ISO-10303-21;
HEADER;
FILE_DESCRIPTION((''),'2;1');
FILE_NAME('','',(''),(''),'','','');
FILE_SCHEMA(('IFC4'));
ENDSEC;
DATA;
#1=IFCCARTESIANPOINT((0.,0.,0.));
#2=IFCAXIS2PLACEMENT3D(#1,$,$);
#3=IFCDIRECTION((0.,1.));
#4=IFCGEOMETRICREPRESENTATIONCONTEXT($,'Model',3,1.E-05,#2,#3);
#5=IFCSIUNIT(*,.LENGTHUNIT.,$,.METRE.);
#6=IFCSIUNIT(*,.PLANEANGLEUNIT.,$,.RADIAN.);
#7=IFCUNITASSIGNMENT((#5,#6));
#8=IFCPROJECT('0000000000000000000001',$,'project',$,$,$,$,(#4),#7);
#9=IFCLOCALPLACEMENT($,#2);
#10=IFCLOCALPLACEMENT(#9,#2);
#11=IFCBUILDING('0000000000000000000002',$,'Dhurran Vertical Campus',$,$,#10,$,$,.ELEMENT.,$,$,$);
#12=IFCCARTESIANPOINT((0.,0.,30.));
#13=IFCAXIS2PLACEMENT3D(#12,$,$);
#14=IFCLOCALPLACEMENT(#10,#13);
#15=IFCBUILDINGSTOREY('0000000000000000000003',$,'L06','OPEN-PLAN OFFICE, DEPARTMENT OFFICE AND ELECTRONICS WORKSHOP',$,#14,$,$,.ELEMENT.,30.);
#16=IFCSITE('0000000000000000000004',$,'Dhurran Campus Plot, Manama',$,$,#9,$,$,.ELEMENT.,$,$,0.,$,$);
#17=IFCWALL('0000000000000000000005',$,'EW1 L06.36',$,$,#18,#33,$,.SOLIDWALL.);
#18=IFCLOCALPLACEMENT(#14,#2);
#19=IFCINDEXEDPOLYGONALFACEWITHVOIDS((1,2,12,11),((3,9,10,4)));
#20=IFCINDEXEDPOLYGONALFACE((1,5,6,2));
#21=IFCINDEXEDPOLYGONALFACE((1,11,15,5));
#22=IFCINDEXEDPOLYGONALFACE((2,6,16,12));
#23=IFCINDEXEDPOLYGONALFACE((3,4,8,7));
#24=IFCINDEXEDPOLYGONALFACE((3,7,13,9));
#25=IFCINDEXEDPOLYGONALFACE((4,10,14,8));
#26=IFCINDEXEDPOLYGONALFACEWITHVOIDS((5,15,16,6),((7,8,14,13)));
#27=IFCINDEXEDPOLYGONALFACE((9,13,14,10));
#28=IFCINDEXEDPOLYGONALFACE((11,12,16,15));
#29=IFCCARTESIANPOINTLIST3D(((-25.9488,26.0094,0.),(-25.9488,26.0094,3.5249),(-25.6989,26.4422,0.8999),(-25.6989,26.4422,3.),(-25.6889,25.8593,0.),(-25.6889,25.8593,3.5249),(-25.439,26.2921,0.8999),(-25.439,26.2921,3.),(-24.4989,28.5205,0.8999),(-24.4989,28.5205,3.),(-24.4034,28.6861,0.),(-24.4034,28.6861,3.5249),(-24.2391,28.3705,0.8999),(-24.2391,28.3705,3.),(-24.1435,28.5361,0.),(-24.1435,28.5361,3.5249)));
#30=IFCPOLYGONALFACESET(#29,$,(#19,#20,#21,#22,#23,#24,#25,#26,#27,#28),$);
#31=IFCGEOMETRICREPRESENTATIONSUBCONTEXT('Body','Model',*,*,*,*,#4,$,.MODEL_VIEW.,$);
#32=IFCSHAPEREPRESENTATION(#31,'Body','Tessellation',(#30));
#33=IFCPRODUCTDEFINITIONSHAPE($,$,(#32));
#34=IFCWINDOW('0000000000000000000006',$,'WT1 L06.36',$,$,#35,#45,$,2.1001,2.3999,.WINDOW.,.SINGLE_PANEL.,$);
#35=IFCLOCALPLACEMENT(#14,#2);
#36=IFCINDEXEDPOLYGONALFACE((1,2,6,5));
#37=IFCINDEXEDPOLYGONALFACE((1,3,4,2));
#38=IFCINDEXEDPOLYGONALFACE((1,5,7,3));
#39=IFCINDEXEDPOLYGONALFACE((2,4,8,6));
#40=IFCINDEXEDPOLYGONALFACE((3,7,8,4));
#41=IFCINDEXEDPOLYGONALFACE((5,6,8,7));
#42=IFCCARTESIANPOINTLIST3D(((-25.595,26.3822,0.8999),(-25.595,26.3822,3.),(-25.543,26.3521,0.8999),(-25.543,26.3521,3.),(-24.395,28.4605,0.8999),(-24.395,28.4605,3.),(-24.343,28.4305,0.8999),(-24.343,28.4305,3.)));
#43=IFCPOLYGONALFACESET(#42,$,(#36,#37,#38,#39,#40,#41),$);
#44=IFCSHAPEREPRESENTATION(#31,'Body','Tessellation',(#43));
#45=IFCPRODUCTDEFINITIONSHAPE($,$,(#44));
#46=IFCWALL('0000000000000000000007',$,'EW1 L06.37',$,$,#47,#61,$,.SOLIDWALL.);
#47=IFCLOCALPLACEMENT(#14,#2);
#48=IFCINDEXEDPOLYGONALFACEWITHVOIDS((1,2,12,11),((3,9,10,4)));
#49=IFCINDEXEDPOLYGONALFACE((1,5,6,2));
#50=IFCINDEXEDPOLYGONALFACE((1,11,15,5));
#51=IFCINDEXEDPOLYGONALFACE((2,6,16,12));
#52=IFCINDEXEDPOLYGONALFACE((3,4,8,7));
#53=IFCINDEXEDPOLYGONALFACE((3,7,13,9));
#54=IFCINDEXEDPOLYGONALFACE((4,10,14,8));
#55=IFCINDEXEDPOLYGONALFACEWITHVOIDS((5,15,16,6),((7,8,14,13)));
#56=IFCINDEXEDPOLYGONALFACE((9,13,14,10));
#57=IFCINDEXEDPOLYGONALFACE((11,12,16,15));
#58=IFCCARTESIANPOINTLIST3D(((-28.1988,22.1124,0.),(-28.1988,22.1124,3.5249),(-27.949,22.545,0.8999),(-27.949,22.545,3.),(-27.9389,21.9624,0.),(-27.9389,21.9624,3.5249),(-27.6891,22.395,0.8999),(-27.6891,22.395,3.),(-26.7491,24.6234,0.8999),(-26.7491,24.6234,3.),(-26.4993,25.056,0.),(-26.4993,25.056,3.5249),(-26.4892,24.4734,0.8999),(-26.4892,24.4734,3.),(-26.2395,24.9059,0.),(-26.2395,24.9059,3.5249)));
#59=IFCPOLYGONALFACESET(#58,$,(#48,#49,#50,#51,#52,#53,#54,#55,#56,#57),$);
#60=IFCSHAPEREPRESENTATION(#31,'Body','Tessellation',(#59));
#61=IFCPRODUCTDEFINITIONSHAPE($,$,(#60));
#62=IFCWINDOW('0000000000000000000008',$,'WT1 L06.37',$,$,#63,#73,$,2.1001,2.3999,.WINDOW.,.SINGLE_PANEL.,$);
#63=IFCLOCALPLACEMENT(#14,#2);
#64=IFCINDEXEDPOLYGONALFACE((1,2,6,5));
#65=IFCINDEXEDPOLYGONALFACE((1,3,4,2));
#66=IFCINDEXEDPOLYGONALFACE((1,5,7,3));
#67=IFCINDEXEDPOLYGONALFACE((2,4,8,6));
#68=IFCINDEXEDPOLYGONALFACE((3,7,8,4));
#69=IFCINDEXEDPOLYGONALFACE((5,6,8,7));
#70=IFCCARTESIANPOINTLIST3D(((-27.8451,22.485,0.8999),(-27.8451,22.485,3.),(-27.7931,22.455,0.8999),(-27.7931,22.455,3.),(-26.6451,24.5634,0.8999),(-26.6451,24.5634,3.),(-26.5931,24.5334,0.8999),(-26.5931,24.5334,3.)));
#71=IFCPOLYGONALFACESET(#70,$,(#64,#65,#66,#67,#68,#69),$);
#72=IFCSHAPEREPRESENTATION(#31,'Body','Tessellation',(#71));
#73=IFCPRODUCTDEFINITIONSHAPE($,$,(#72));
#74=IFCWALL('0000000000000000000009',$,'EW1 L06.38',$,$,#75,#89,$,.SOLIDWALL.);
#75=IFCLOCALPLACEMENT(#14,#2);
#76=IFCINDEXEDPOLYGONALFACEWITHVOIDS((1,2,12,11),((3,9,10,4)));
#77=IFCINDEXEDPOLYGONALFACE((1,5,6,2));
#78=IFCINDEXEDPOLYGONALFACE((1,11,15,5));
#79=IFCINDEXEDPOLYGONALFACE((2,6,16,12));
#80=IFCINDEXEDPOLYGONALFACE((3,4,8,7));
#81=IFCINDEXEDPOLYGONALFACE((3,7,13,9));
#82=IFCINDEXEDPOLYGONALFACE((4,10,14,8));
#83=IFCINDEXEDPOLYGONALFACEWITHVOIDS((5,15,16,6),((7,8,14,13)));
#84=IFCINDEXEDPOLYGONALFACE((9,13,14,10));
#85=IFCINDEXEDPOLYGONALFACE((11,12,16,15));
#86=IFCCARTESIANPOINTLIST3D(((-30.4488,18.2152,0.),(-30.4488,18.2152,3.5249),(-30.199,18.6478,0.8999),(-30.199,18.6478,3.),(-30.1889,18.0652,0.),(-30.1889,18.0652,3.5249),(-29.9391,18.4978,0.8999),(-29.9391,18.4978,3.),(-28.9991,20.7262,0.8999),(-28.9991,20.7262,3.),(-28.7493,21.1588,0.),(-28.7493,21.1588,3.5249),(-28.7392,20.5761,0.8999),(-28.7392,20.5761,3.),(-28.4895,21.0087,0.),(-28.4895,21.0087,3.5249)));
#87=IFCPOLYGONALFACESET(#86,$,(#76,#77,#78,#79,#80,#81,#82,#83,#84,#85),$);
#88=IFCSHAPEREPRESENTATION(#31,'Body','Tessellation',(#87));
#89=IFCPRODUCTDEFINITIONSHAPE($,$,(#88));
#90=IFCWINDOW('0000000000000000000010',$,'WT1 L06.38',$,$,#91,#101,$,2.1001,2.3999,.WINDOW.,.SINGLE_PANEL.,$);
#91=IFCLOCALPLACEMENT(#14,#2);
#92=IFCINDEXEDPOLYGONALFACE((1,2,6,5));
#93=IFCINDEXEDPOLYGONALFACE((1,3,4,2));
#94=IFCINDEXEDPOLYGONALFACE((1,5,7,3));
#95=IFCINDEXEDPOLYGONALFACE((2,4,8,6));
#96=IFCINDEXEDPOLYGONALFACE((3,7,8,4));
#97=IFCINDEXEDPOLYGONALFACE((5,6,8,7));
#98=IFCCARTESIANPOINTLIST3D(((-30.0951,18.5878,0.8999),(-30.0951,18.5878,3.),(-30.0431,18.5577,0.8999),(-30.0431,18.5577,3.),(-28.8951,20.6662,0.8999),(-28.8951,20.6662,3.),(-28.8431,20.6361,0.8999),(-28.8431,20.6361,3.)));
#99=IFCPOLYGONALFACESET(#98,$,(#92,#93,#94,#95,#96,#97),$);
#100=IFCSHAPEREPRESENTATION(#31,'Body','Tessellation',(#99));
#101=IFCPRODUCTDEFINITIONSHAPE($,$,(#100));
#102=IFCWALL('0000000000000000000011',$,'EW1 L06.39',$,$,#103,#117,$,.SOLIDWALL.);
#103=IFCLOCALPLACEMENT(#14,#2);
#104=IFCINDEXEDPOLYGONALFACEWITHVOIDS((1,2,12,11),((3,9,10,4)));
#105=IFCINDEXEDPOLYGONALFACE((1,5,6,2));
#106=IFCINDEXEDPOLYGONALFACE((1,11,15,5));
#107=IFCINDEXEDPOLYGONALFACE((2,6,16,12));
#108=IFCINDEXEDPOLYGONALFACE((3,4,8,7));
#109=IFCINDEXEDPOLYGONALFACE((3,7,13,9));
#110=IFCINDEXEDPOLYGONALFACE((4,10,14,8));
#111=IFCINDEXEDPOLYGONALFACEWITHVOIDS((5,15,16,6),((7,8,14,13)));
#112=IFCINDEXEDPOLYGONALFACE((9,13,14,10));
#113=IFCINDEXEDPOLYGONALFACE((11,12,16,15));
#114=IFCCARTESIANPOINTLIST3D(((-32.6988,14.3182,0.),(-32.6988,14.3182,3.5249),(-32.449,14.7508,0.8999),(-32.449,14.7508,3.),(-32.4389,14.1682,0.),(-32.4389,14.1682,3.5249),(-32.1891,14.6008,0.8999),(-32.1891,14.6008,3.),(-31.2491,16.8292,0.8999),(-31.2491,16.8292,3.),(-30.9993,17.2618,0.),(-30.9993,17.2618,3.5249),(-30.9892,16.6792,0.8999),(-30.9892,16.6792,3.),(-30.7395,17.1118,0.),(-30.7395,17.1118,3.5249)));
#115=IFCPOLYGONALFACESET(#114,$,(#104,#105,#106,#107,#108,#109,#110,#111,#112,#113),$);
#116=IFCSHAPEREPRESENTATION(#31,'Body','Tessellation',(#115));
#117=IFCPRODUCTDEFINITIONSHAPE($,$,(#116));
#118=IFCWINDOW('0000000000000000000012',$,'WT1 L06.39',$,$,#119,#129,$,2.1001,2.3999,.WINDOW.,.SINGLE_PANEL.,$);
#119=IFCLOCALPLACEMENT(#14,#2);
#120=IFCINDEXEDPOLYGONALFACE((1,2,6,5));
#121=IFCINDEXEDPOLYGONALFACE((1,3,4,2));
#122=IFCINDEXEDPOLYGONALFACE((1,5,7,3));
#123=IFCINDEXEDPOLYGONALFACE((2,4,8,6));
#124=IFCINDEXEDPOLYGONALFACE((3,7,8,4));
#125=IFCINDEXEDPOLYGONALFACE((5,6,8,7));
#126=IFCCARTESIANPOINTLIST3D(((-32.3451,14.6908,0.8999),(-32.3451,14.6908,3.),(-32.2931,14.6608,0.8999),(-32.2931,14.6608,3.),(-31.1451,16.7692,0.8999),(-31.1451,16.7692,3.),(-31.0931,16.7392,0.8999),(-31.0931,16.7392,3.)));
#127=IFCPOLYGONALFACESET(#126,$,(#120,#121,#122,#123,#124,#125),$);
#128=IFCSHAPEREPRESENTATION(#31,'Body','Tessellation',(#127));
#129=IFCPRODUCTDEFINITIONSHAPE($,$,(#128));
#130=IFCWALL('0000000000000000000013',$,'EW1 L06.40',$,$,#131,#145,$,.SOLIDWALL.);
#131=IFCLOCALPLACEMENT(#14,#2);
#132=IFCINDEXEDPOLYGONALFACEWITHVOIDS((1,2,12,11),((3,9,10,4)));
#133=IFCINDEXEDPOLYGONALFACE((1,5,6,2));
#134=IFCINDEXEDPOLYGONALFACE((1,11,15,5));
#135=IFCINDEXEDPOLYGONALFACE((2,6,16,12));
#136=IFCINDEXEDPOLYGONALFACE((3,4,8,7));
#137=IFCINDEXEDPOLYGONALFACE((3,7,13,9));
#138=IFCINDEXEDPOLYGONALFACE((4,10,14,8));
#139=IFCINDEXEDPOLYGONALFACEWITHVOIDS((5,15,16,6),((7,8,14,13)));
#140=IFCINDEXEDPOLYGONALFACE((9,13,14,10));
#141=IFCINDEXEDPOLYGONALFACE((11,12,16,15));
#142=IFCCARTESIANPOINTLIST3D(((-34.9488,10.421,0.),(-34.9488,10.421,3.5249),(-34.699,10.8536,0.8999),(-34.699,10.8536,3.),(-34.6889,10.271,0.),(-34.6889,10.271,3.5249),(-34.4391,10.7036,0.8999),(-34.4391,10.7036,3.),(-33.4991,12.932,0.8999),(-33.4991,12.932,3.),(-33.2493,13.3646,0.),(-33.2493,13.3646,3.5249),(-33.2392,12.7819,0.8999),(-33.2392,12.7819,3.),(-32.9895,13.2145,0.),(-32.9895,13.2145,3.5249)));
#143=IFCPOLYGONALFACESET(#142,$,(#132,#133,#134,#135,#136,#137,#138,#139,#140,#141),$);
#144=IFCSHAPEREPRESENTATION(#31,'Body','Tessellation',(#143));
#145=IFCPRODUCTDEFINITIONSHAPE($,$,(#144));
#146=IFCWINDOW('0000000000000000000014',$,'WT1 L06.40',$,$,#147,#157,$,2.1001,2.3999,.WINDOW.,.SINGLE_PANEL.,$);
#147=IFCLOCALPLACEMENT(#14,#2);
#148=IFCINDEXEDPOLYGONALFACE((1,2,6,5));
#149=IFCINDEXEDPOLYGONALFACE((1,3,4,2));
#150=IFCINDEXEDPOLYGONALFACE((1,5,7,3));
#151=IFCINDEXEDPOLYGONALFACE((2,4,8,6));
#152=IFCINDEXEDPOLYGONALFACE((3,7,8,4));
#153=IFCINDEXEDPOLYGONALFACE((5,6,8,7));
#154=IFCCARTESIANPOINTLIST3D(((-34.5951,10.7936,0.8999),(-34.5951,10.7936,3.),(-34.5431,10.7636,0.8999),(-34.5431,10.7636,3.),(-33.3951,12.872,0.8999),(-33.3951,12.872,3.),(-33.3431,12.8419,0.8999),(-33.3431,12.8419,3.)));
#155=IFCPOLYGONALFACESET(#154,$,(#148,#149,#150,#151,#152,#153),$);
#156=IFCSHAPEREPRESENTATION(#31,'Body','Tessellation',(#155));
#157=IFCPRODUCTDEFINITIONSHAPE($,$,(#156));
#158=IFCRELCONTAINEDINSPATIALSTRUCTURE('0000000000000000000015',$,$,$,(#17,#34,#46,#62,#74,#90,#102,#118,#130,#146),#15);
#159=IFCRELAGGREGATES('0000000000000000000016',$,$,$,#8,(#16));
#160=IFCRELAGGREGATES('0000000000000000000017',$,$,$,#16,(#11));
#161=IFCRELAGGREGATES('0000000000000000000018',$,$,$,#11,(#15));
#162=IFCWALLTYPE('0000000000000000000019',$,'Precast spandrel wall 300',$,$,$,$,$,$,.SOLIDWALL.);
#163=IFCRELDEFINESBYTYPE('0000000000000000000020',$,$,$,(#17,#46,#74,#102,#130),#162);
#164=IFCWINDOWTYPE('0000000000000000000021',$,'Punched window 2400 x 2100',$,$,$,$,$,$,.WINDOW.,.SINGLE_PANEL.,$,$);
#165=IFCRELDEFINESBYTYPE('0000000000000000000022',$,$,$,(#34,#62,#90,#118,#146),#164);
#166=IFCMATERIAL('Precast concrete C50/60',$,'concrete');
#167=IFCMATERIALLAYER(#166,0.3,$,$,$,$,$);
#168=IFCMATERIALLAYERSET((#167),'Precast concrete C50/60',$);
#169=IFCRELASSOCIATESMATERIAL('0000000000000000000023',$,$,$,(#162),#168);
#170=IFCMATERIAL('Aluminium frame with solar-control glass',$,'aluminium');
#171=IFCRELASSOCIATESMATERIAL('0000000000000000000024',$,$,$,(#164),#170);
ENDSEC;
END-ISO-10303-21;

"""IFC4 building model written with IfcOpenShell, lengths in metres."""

from ifc_helpers import new_model, si_unit, direction, frame, frame_2d, origin, place, context, subcontext, project, spatial, rectangle, extrude, material, layer, layer_set, type_object, element, fill, save


model = new_model("IFC4")

# Units and contexts
model_context = context("Model", 3, precision=1e-05, world=origin(), true_north=direction((0.0, 1.0)))
body_context = subcontext(model_context, "Body", "Model", "MODEL_VIEW")
ifc_project = project(units=[si_unit("LENGTHUNIT", "METRE"), si_unit("PLANEANGLEUNIT", "RADIAN")], contexts=[model_context])

# Site, building, storey
site_placement = place(None, origin())
site = spatial("IfcSite", under=ifc_project, at=site_placement, Name="Dhurran Campus Plot, Manama", CompositionType="ELEMENT", RefElevation=0.0)
building_placement = place(site_placement, origin())
building = spatial("IfcBuilding", under=site, at=building_placement, Name="Dhurran Vertical Campus", CompositionType="ELEMENT")
storey_placement = place(building_placement, frame((0.0, 0.0, 30.0)))
storey = spatial("IfcBuildingStorey", under=building, at=storey_placement, Name="L06", Description="OPEN-PLAN OFFICE, DEPARTMENT OFFICE AND ELECTRONICS WORKSHOP", CompositionType="ELEMENT", Elevation=30.0)

# Walls, openings, windows
ifc_material_1 = material(Name="Precast concrete C50/60", Category="concrete")
ifc_layer_1 = layer(ifc_material_1, 0.3)
ifc_layer_set_1 = layer_set([ifc_layer_1], Name="Precast concrete C50/60")
wall_type_1 = type_object("IfcWallType", Name="Precast spandrel wall 300", PredefinedType="SOLIDWALL", material=ifc_layer_set_1)
ifc_material_2 = material(Name="Aluminium frame with solar-control glass", Category="aluminium")
window_type = type_object("IfcWindowType", Name="Punched window 2400 x 2100", PartitioningType="SINGLE_PANEL", PredefinedType="WINDOW", material=ifc_material_2)
wall_1_placement = place(storey_placement, frame((-24.2734, 28.6111, 0.0), z_axis=(0.0, 0.0, 1.0), x_axis=(-0.499996, -0.866028, 0.0)))
wall_1 = element("IfcWall", 1, at=wall_1_placement, inside=storey, type_object=wall_type_1, Name="EW1 L06.36", PredefinedType="SOLIDWALL", context=body_context, shape_type="SweptSolid", body=[
    extrude(rectangle(XDim=3.0908, YDim=0.3, at=frame_2d((1.5454, 0.0))), origin(), (0.0, 0.0, 1.0), 3.5249),
])
opening_1_placement = place(wall_1_placement, frame((0.1912, 0.0, 0.8999)))
opening_1 = element("IfcOpeningElement", 2, at=opening_1_placement, cuts=wall_1, PredefinedType="OPENING", context=body_context, shape_type="SweptSolid", body=[
    extrude(rectangle(XDim=2.3999, YDim=2.1001, at=frame_2d((1.2, 1.05))), frame((0.0, 0.1599, 0.0), z_axis=(0.0, -1.0, 0.0), x_axis=(1.0, 0.0, 0.0)), (0.0, 0.0, 1.0), 0.3201),
])
window_1_placement = place(opening_1_placement, origin())
window_1 = element("IfcWindow", 3, at=window_1_placement, inside=storey, type_object=window_type, Name="WT1 L06.36", OverallHeight=2.1001, OverallWidth=2.3999, PartitioningType="SINGLE_PANEL", PredefinedType="WINDOW", context=body_context, shape_type="SweptSolid", body=[
    extrude(rectangle(XDim=2.3999, YDim=2.1001, at=frame_2d((1.2, 1.05))), frame((0.0, 0.03, 0.0), z_axis=(0.0, -1.0, 0.0), x_axis=(1.0, 0.0, 0.0)), (0.0, 0.0, 1.0), 0.0601),
])
fill(opening_1, window_1)
wall_2_placement = place(storey_placement, frame((-26.3694, 24.981, 0.0), z_axis=(0.0, 0.0, 1.0), x_axis=(-0.499994, -0.866029, 0.0)))
wall_2 = element("IfcWall", 4, at=wall_2_placement, inside=storey, type_object=wall_type_1, Name="EW1 L06.37", PredefinedType="SOLIDWALL", context=body_context, shape_type="SweptSolid", body=[
    extrude(rectangle(XDim=3.3989, YDim=0.3, at=frame_2d((1.6995, 0.0))), origin(), (0.0, 0.0, 1.0), 3.5249),
])
opening_2_placement = place(wall_2_placement, frame((0.4995, 0.0, 0.8999)))
opening_2 = element("IfcOpeningElement", 5, at=opening_2_placement, cuts=wall_2, PredefinedType="OPENING", context=body_context, shape_type="SweptSolid", body=[
    extrude(rectangle(XDim=2.3999, YDim=2.1001, at=frame_2d((1.2, 1.05))), frame((0.0, 0.1599, 0.0), z_axis=(0.0, -1.0, 0.0), x_axis=(1.0, 0.0, 0.0)), (0.0, 0.0, 1.0), 0.3201),
])
window_2_placement = place(opening_2_placement, origin())
window_2 = element("IfcWindow", 6, at=window_2_placement, inside=storey, type_object=window_type, Name="WT1 L06.37", OverallHeight=2.1001, OverallWidth=2.3999, PartitioningType="SINGLE_PANEL", PredefinedType="WINDOW", context=body_context, shape_type="SweptSolid", body=[
    extrude(rectangle(XDim=2.3999, YDim=2.1001, at=frame_2d((1.2, 1.05))), frame((0.0, 0.03, 0.0), z_axis=(0.0, -1.0, 0.0), x_axis=(1.0, 0.0, 0.0)), (0.0, 0.0, 1.0), 0.0601),
])
fill(opening_2, window_2)
wall_3_placement = place(storey_placement, frame((-28.6194, 21.0837, 0.0), z_axis=(0.0, 0.0, 1.0), x_axis=(-0.499994, -0.866029, 0.0)))
wall_3 = element("IfcWall", 7, at=wall_3_placement, inside=storey, type_object=wall_type_1, Name="EW1 L06.38", PredefinedType="SOLIDWALL", context=body_context, shape_type="SweptSolid", body=[
    extrude(rectangle(XDim=3.3989, YDim=0.3, at=frame_2d((1.6995, 0.0))), origin(), (0.0, 0.0, 1.0), 3.5249),
])
opening_3_placement = place(wall_3_placement, frame((0.4995, 0.0, 0.8999)))
opening_3 = element("IfcOpeningElement", 8, at=opening_3_placement, cuts=wall_3, PredefinedType="OPENING", context=body_context, shape_type="SweptSolid", body=[
    extrude(rectangle(XDim=2.3999, YDim=2.1001, at=frame_2d((1.2, 1.05))), frame((0.0, 0.1599, 0.0), z_axis=(0.0, -1.0, 0.0), x_axis=(1.0, 0.0, 0.0)), (0.0, 0.0, 1.0), 0.3201),
])
window_3_placement = place(opening_3_placement, origin())
window_3 = element("IfcWindow", 9, at=window_3_placement, inside=storey, type_object=window_type, Name="WT1 L06.38", OverallHeight=2.1001, OverallWidth=2.3999, PartitioningType="SINGLE_PANEL", PredefinedType="WINDOW", context=body_context, shape_type="SweptSolid", body=[
    extrude(rectangle(XDim=2.3999, YDim=2.1001, at=frame_2d((1.2, 1.05))), frame((0.0, 0.03, 0.0), z_axis=(0.0, -1.0, 0.0), x_axis=(1.0, 0.0, 0.0)), (0.0, 0.0, 1.0), 0.0601),
])
fill(opening_3, window_3)
wall_4_placement = place(storey_placement, frame((-30.8694, 17.1868, 0.0), z_axis=(0.0, 0.0, 1.0), x_axis=(-0.499994, -0.866029, 0.0)))
wall_4 = element("IfcWall", 10, at=wall_4_placement, inside=storey, type_object=wall_type_1, Name="EW1 L06.39", PredefinedType="SOLIDWALL", context=body_context, shape_type="SweptSolid", body=[
    extrude(rectangle(XDim=3.3989, YDim=0.3, at=frame_2d((1.6995, 0.0))), origin(), (0.0, 0.0, 1.0), 3.5249),
])
opening_4_placement = place(wall_4_placement, frame((0.4995, 0.0, 0.8999)))
opening_4 = element("IfcOpeningElement", 11, at=opening_4_placement, cuts=wall_4, PredefinedType="OPENING", context=body_context, shape_type="SweptSolid", body=[
    extrude(rectangle(XDim=2.3999, YDim=2.1001, at=frame_2d((1.2, 1.05))), frame((0.0, 0.1599, 0.0), z_axis=(0.0, -1.0, 0.0), x_axis=(1.0, 0.0, 0.0)), (0.0, 0.0, 1.0), 0.3201),
])
window_4_placement = place(opening_4_placement, origin())
window_4 = element("IfcWindow", 12, at=window_4_placement, inside=storey, type_object=window_type, Name="WT1 L06.39", OverallHeight=2.1001, OverallWidth=2.3999, PartitioningType="SINGLE_PANEL", PredefinedType="WINDOW", context=body_context, shape_type="SweptSolid", body=[
    extrude(rectangle(XDim=2.3999, YDim=2.1001, at=frame_2d((1.2, 1.05))), frame((0.0, 0.03, 0.0), z_axis=(0.0, -1.0, 0.0), x_axis=(1.0, 0.0, 0.0)), (0.0, 0.0, 1.0), 0.0601),
])
fill(opening_4, window_4)
wall_5_placement = place(storey_placement, frame((-33.1194, 13.2896, 0.0), z_axis=(0.0, 0.0, 1.0), x_axis=(-0.499994, -0.866029, 0.0)))
wall_5 = element("IfcWall", 13, at=wall_5_placement, inside=storey, type_object=wall_type_1, Name="EW1 L06.40", PredefinedType="SOLIDWALL", context=body_context, shape_type="SweptSolid", body=[
    extrude(rectangle(XDim=3.3989, YDim=0.3, at=frame_2d((1.6995, 0.0))), origin(), (0.0, 0.0, 1.0), 3.5249),
])
opening_5_placement = place(wall_5_placement, frame((0.4995, 0.0, 0.8999)))
opening_5 = element("IfcOpeningElement", 14, at=opening_5_placement, cuts=wall_5, PredefinedType="OPENING", context=body_context, shape_type="SweptSolid", body=[
    extrude(rectangle(XDim=2.3999, YDim=2.1001, at=frame_2d((1.2, 1.05))), frame((0.0, 0.1599, 0.0), z_axis=(0.0, -1.0, 0.0), x_axis=(1.0, 0.0, 0.0)), (0.0, 0.0, 1.0), 0.3201),
])
window_5_placement = place(opening_5_placement, origin())
window_5 = element("IfcWindow", 15, at=window_5_placement, inside=storey, type_object=window_type, Name="WT1 L06.40", OverallHeight=2.1001, OverallWidth=2.3999, PartitioningType="SINGLE_PANEL", PredefinedType="WINDOW", context=body_context, shape_type="SweptSolid", body=[
    extrude(rectangle(XDim=2.3999, YDim=2.1001, at=frame_2d((1.2, 1.05))), frame((0.0, 0.03, 0.0), z_axis=(0.0, -1.0, 0.0), x_axis=(1.0, 0.0, 0.0)), (0.0, 0.0, 1.0), 0.0601),
])
fill(opening_5, window_5)

save(model, "model.ifc")
